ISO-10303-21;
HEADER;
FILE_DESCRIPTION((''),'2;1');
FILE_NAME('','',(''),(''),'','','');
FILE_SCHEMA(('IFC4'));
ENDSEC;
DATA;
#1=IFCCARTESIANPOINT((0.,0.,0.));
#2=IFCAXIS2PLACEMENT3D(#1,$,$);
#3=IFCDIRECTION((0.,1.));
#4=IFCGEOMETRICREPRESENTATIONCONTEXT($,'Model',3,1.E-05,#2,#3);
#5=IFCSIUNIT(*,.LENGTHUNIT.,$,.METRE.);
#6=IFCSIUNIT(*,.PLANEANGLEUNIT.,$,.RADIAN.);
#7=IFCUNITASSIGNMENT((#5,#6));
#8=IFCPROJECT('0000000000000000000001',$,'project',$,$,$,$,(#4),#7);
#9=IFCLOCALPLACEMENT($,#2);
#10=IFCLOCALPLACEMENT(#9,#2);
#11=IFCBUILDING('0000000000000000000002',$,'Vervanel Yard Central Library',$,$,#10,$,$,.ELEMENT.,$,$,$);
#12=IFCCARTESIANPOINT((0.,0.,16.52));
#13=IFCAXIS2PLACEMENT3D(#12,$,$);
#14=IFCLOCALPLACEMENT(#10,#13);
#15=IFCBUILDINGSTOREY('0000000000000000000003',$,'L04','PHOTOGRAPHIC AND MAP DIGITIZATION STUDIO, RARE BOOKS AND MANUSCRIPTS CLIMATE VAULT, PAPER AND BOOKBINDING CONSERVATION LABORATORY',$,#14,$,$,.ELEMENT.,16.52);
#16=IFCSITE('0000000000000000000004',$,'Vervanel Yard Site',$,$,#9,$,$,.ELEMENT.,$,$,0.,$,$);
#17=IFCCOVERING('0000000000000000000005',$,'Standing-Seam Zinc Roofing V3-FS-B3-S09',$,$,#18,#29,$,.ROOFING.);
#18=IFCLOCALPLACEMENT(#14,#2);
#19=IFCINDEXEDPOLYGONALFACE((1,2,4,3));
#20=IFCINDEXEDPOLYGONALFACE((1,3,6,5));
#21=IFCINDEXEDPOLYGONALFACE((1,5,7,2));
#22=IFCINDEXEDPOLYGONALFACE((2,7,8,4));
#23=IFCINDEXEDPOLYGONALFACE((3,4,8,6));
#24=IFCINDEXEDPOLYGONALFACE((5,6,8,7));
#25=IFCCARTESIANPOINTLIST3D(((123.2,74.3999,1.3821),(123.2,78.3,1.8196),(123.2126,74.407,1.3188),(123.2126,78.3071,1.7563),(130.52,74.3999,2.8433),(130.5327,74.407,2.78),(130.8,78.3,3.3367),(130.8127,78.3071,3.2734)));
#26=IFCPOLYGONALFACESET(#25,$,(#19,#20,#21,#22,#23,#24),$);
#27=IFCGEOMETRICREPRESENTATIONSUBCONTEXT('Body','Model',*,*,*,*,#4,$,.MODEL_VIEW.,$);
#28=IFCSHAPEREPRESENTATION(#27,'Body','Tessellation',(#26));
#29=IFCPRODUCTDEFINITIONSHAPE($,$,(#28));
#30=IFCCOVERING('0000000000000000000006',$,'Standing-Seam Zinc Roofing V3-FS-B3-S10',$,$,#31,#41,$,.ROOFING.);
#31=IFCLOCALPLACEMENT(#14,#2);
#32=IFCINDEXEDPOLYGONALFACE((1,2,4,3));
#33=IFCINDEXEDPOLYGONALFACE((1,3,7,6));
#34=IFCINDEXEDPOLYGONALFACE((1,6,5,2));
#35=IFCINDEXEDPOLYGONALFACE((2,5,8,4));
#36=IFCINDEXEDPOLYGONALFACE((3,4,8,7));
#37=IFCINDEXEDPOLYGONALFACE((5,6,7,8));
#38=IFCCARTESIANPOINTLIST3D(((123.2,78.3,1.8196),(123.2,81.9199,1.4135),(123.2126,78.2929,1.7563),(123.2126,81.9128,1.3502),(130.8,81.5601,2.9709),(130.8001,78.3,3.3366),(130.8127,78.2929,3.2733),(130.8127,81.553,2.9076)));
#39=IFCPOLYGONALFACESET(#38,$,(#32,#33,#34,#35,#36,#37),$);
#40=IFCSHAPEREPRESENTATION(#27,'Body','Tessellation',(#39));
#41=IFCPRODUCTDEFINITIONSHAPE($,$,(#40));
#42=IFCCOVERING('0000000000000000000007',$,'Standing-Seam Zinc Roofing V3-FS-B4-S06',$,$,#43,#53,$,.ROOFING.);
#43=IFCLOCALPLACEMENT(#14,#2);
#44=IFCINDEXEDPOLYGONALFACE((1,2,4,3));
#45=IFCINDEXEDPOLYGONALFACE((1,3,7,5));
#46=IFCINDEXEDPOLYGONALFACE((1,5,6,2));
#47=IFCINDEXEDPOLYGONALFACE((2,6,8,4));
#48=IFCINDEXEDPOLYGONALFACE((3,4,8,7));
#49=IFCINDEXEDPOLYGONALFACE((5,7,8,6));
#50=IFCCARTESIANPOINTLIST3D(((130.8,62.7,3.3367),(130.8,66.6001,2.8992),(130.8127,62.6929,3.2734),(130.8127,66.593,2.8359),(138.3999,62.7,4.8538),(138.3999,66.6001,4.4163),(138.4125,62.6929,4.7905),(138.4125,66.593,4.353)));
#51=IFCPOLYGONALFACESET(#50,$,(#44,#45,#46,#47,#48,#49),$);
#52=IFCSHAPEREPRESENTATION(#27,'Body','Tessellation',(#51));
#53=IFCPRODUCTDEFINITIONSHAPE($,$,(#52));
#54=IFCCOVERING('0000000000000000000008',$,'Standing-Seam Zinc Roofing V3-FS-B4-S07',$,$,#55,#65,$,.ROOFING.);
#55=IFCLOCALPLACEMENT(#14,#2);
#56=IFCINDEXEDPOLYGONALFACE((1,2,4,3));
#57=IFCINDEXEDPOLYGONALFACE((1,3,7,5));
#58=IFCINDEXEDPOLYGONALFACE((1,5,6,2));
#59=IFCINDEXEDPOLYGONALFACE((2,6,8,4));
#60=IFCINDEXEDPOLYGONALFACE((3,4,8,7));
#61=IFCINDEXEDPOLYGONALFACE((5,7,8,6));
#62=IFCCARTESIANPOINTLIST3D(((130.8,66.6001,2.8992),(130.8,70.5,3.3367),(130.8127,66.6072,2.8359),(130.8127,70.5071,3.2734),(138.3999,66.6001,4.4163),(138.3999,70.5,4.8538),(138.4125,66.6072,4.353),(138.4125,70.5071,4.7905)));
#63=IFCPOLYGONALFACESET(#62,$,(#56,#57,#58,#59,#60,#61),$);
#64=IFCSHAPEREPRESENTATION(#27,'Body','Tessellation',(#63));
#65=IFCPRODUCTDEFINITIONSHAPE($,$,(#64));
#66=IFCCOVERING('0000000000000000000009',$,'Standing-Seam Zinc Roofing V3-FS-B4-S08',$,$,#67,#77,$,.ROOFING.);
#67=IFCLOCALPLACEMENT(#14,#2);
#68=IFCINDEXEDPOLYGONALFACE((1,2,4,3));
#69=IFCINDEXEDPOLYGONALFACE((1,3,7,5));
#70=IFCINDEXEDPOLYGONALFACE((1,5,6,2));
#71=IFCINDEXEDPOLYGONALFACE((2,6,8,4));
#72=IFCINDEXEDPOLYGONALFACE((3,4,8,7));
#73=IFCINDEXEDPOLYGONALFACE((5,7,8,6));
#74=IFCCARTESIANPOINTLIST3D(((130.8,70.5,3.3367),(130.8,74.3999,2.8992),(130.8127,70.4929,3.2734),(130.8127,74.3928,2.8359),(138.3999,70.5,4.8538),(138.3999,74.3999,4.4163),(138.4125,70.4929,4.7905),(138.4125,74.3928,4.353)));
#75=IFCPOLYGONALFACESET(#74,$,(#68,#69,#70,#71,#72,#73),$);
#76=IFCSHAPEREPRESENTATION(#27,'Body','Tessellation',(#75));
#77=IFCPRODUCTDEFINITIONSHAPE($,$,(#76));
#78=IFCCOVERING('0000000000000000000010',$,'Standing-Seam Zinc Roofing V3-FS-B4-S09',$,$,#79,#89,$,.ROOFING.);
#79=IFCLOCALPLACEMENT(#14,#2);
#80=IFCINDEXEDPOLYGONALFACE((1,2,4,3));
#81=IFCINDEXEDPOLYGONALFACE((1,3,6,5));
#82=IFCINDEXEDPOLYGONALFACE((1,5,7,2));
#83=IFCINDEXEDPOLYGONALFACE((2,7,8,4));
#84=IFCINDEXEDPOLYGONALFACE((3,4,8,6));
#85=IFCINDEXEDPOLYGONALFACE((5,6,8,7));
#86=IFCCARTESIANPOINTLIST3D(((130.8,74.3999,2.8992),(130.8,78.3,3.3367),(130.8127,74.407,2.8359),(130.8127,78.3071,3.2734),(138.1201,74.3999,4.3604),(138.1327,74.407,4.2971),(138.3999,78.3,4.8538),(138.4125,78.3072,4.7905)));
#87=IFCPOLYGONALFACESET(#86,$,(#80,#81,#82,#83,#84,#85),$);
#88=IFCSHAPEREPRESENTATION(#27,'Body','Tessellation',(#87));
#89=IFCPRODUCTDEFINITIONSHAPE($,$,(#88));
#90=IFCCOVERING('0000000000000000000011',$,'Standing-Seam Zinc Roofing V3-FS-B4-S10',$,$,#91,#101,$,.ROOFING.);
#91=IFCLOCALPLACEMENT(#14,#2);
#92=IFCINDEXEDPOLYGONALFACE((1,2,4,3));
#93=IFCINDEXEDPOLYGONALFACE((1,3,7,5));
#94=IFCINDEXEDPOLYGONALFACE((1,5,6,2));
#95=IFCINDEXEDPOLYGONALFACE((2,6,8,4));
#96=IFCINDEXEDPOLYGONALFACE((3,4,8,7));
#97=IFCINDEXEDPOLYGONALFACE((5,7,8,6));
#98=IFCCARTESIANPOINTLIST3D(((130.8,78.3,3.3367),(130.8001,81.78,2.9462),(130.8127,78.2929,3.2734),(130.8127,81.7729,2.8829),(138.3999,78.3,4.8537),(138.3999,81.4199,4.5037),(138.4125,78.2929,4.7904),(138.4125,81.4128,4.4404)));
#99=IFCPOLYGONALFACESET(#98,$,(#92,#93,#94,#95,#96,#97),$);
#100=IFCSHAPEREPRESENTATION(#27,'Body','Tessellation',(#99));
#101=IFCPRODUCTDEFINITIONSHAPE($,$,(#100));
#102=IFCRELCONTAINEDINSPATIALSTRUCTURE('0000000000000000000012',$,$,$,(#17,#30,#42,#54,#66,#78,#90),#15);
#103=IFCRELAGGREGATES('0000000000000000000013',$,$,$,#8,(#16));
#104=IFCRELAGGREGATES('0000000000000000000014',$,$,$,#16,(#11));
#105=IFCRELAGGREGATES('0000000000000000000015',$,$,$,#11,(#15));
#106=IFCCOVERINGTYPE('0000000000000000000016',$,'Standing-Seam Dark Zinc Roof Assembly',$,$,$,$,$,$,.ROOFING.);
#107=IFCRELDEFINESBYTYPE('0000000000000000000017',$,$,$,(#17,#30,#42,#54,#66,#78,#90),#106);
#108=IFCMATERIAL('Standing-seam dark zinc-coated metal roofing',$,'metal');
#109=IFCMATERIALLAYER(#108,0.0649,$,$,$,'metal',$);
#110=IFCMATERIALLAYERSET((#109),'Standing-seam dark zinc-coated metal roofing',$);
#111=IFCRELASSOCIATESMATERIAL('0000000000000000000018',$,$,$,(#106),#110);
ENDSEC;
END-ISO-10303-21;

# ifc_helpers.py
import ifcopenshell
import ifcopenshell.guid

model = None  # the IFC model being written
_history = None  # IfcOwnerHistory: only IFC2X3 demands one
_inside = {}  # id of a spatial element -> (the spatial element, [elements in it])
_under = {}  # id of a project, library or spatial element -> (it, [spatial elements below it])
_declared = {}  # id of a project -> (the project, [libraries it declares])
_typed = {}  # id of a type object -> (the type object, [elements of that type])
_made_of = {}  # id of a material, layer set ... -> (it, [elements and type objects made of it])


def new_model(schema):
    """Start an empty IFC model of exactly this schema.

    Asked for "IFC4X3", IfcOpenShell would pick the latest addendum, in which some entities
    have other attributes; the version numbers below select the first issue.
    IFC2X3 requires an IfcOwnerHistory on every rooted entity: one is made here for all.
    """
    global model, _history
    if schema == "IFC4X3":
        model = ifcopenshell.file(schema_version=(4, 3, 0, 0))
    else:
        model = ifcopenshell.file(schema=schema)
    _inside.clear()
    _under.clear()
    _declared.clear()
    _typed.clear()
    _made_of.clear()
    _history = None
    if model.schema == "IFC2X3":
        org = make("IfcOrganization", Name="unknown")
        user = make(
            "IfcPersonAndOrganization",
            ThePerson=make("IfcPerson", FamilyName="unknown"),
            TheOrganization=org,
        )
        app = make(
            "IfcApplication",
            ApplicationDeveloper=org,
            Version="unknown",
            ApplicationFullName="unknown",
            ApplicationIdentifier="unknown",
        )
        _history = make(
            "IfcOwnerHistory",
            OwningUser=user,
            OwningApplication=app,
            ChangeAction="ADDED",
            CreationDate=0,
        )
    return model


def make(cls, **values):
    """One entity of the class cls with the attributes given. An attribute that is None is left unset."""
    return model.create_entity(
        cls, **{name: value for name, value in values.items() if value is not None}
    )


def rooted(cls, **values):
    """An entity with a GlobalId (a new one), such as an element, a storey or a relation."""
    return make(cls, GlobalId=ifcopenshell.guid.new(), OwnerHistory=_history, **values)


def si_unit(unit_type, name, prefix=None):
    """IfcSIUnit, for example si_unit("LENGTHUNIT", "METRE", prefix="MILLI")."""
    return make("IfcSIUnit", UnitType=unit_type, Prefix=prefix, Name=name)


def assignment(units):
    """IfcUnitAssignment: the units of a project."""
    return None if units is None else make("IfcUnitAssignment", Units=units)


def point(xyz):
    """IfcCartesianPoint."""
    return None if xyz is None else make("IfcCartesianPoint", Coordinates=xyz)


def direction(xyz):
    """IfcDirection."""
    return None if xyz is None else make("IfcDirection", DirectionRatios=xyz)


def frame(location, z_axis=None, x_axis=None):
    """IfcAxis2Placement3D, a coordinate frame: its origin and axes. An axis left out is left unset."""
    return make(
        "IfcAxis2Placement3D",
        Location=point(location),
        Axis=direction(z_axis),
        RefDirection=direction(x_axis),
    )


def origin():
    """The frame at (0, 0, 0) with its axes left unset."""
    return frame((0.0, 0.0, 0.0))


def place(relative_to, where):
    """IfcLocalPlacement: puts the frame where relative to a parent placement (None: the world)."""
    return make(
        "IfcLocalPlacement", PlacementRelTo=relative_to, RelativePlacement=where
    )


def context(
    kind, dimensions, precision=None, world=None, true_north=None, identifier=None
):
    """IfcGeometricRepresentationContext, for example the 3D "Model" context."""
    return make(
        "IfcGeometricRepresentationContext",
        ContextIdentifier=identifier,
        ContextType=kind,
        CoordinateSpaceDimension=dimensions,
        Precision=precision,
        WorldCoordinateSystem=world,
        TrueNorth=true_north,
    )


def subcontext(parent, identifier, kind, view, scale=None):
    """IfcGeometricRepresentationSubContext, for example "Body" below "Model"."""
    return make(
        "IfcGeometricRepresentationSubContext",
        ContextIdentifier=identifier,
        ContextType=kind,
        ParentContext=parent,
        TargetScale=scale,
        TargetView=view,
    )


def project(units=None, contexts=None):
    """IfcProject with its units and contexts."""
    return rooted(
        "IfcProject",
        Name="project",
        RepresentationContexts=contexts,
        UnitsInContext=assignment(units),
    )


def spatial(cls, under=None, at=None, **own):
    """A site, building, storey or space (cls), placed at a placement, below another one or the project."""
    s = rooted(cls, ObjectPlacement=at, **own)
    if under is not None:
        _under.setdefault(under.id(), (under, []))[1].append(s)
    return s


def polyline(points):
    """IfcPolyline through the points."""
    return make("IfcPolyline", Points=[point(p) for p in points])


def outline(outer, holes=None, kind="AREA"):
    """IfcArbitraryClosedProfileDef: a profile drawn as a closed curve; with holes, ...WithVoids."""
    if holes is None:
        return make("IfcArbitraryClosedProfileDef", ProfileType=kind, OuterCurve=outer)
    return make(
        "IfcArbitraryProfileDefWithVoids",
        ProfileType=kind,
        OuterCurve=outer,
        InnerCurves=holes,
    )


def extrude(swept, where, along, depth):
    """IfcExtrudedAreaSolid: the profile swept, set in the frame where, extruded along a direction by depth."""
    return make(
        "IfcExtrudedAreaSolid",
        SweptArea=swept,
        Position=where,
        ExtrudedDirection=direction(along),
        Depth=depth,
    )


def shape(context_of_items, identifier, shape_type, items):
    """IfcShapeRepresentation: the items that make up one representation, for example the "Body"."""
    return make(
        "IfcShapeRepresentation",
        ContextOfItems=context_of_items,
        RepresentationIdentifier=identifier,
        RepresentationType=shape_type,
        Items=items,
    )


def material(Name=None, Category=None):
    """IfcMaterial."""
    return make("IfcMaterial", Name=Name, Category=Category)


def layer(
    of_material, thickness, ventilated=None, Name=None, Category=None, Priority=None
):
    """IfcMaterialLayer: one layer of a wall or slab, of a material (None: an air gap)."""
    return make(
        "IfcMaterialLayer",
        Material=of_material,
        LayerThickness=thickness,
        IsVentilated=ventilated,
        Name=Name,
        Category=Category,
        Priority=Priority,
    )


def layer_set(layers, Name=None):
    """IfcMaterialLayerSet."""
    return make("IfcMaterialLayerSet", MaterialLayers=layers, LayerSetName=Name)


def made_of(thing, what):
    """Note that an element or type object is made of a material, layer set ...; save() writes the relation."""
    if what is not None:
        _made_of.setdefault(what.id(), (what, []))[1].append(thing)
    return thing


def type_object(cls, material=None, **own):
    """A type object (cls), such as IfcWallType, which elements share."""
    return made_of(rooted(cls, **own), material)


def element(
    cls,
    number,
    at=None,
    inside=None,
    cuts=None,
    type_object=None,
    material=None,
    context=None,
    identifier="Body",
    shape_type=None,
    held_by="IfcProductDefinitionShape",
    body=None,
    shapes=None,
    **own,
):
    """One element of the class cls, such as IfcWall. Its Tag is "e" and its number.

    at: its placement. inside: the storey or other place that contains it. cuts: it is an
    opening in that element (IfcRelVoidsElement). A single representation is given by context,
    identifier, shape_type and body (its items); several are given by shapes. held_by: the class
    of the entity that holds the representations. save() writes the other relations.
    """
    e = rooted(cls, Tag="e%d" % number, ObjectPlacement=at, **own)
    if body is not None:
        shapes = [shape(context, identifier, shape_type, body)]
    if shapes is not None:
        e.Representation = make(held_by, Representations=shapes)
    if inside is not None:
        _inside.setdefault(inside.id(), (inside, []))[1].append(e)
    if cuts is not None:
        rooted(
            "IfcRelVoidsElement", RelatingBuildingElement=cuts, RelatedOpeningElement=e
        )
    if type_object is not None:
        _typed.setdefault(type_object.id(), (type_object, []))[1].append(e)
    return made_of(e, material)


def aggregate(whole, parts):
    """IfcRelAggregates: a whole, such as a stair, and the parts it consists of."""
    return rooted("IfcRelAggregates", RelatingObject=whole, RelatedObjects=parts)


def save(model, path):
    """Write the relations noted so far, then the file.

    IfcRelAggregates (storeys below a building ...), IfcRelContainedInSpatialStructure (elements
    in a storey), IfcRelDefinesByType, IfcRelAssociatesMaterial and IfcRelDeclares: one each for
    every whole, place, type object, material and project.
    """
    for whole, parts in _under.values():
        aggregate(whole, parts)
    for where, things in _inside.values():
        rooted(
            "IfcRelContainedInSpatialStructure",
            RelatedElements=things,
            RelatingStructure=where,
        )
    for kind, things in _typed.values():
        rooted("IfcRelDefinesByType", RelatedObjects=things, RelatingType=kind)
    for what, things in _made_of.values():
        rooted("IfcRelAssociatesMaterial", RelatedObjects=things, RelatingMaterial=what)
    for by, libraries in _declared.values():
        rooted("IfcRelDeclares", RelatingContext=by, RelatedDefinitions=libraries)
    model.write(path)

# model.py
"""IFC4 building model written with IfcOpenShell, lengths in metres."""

from ifc_helpers import new_model, si_unit, direction, frame, origin, place, context, subcontext, project, spatial, polyline, outline, extrude, material, layer, layer_set, type_object, element, save


model = new_model("IFC4")

# Units and contexts
model_context = context("Model", 3, precision=1e-05, world=origin(), true_north=direction((0.0, 1.0)))
body_context = subcontext(model_context, "Body", "Model", "MODEL_VIEW")
ifc_project = project(units=[si_unit("LENGTHUNIT", "METRE"), si_unit("PLANEANGLEUNIT", "RADIAN")], contexts=[model_context])

# Site, building, storey
site_placement = place(None, origin())
site = spatial("IfcSite", under=ifc_project, at=site_placement, Name="Vervanel Yard Site", CompositionType="ELEMENT", RefElevation=0.0)
building_placement = place(site_placement, origin())
building = spatial("IfcBuilding", under=site, at=building_placement, Name="Vervanel Yard Central Library", CompositionType="ELEMENT")
storey_placement = place(building_placement, frame((0.0, 0.0, 16.52)))
storey = spatial("IfcBuildingStorey", under=building, at=storey_placement, Name="L04", Description="PHOTOGRAPHIC AND MAP DIGITIZATION STUDIO, RARE BOOKS AND MANUSCRIPTS CLIMATE VAULT, PAPER AND BOOKBINDING CONSERVATION LABORATORY", CompositionType="ELEMENT", Elevation=16.52)

# Coverings
ifc_material_1 = material(Name="Standing-seam dark zinc-coated metal roofing", Category="metal")
ifc_layer_1 = layer(ifc_material_1, 0.0649, Category="metal")
ifc_layer_set_1 = layer_set([ifc_layer_1], Name="Standing-seam dark zinc-coated metal roofing")
covering_type = type_object("IfcCoveringType", Name="Standing-Seam Dark Zinc Roof Assembly", PredefinedType="ROOFING", material=ifc_layer_set_1)
covering_1_placement = place(storey_placement, frame((123.2, 74.3999, 1.3821), z_axis=(-0.194578, -0.109347, 0.974773), x_axis=(0.980653, 0.0, 0.195752)))
element("IfcCovering", 1, at=covering_1_placement, inside=storey, type_object=covering_type, Name="Standing-Seam Zinc Roofing V3-FS-B3-S09", PredefinedType="ROOFING", context=body_context, shape_type="SweptSolid", body=[
    extrude(outline(polyline([(0.0, 0.0), (7.4645, 0.0), (7.8357, 3.9237), (0.0856, 3.9237), (0.0, 0.0)])), origin(), (0.0, 0.0, -1.0), 0.0649),
])
covering_2_placement = place(storey_placement, frame((123.2, 78.3, 1.8196), z_axis=(-0.194574, 0.109342, 0.974775), x_axis=(0.980654, -0.000001, 0.195748)))
element("IfcCovering", 2, at=covering_2_placement, inside=storey, type_object=covering_type, Name="Standing-Seam Zinc Roofing V3-FS-B3-S10", PredefinedType="ROOFING", context=body_context, shape_type="SweptSolid", body=[
    extrude(outline(polyline([(0.0, 0.0), (7.75, 0.0), (7.6784, 3.2797), (-0.0795, 3.6417), (0.0, 0.0)])), origin(), (0.0, 0.0, -1.0), 0.0649),
])
covering_3_placement = place(storey_placement, frame((130.8, 62.7, 3.3367), z_axis=(-0.194585, 0.109345, 0.974772), x_axis=(0.980652, 0.0, 0.195759)))
element("IfcCovering", 3, at=covering_3_placement, inside=storey, type_object=covering_type, Name="Standing-Seam Zinc Roofing V3-FS-B4-S06", PredefinedType="ROOFING", context=body_context, shape_type="SweptSolid", body=[
    extrude(outline(polyline([(0.0, 0.0), (7.7498, 0.0), (7.6642, 3.9237), (-0.0856, 3.9237), (0.0, 0.0)])), origin(), (0.0, 0.0, -1.0), 0.0649),
])
covering_4_placement = place(storey_placement, frame((130.8, 66.6001, 2.8992), z_axis=(-0.194585, -0.109352, 0.974771), x_axis=(0.980652, 0.0, 0.195759)))
element("IfcCovering", 4, at=covering_4_placement, inside=storey, type_object=covering_type, Name="Standing-Seam Zinc Roofing V3-FS-B4-S07", PredefinedType="ROOFING", context=body_context, shape_type="SweptSolid", body=[
    extrude(outline(polyline([(0.0, 0.0), (7.7498, 0.0), (7.8354, 3.9234), (0.0856, 3.9234), (0.0, 0.0)])), origin(), (0.0, 0.0, -1.0), 0.0649),
])
covering_5_placement = place(storey_placement, frame((130.8, 70.5, 3.3367), z_axis=(-0.194585, 0.109352, 0.974771), x_axis=(0.980652, 0.0, 0.195759)))
element("IfcCovering", 5, at=covering_5_placement, inside=storey, type_object=covering_type, Name="Standing-Seam Zinc Roofing V3-FS-B4-S08", PredefinedType="ROOFING", context=body_context, shape_type="SweptSolid", body=[
    extrude(outline(polyline([(0.0, 0.0), (7.7498, 0.0), (7.6642, 3.9234), (-0.0856, 3.9234), (0.0, 0.0)])), origin(), (0.0, 0.0, -1.0), 0.0649),
])
covering_6_placement = place(storey_placement, frame((130.8, 74.3999, 2.8992), z_axis=(-0.194581, -0.109353, 0.974772), x_axis=(0.980653, 0.0, 0.195755)))
element("IfcCovering", 6, at=covering_6_placement, inside=storey, type_object=covering_type, Name="Standing-Seam Zinc Roofing V3-FS-B4-S09", PredefinedType="ROOFING", context=body_context, shape_type="SweptSolid", body=[
    extrude(outline(polyline([(0.0, 0.0), (7.4645, 0.0), (7.8354, 3.9237), (0.0856, 3.9237), (0.0, 0.0)])), origin(), (0.0, 0.0, -1.0), 0.0649),
])
covering_7_placement = place(storey_placement, frame((130.8, 78.3, 3.3367), z_axis=(-0.194577, 0.109366, 0.974771), x_axis=(0.980654, -0.000001, 0.195751)))
element("IfcCovering", 7, at=covering_7_placement, inside=storey, type_object=covering_type, Name="Standing-Seam Zinc Roofing V3-FS-B4-S10", PredefinedType="ROOFING", context=body_context, shape_type="SweptSolid", body=[
    extrude(outline(polyline([(0.0, 0.0), (7.7498, 0.0), (7.6813, 3.1387), (-0.0764, 3.501), (0.0, 0.0)])), origin(), (0.0, 0.0, -1.0), 0.0649),
])

save(model, "model.ifc")
